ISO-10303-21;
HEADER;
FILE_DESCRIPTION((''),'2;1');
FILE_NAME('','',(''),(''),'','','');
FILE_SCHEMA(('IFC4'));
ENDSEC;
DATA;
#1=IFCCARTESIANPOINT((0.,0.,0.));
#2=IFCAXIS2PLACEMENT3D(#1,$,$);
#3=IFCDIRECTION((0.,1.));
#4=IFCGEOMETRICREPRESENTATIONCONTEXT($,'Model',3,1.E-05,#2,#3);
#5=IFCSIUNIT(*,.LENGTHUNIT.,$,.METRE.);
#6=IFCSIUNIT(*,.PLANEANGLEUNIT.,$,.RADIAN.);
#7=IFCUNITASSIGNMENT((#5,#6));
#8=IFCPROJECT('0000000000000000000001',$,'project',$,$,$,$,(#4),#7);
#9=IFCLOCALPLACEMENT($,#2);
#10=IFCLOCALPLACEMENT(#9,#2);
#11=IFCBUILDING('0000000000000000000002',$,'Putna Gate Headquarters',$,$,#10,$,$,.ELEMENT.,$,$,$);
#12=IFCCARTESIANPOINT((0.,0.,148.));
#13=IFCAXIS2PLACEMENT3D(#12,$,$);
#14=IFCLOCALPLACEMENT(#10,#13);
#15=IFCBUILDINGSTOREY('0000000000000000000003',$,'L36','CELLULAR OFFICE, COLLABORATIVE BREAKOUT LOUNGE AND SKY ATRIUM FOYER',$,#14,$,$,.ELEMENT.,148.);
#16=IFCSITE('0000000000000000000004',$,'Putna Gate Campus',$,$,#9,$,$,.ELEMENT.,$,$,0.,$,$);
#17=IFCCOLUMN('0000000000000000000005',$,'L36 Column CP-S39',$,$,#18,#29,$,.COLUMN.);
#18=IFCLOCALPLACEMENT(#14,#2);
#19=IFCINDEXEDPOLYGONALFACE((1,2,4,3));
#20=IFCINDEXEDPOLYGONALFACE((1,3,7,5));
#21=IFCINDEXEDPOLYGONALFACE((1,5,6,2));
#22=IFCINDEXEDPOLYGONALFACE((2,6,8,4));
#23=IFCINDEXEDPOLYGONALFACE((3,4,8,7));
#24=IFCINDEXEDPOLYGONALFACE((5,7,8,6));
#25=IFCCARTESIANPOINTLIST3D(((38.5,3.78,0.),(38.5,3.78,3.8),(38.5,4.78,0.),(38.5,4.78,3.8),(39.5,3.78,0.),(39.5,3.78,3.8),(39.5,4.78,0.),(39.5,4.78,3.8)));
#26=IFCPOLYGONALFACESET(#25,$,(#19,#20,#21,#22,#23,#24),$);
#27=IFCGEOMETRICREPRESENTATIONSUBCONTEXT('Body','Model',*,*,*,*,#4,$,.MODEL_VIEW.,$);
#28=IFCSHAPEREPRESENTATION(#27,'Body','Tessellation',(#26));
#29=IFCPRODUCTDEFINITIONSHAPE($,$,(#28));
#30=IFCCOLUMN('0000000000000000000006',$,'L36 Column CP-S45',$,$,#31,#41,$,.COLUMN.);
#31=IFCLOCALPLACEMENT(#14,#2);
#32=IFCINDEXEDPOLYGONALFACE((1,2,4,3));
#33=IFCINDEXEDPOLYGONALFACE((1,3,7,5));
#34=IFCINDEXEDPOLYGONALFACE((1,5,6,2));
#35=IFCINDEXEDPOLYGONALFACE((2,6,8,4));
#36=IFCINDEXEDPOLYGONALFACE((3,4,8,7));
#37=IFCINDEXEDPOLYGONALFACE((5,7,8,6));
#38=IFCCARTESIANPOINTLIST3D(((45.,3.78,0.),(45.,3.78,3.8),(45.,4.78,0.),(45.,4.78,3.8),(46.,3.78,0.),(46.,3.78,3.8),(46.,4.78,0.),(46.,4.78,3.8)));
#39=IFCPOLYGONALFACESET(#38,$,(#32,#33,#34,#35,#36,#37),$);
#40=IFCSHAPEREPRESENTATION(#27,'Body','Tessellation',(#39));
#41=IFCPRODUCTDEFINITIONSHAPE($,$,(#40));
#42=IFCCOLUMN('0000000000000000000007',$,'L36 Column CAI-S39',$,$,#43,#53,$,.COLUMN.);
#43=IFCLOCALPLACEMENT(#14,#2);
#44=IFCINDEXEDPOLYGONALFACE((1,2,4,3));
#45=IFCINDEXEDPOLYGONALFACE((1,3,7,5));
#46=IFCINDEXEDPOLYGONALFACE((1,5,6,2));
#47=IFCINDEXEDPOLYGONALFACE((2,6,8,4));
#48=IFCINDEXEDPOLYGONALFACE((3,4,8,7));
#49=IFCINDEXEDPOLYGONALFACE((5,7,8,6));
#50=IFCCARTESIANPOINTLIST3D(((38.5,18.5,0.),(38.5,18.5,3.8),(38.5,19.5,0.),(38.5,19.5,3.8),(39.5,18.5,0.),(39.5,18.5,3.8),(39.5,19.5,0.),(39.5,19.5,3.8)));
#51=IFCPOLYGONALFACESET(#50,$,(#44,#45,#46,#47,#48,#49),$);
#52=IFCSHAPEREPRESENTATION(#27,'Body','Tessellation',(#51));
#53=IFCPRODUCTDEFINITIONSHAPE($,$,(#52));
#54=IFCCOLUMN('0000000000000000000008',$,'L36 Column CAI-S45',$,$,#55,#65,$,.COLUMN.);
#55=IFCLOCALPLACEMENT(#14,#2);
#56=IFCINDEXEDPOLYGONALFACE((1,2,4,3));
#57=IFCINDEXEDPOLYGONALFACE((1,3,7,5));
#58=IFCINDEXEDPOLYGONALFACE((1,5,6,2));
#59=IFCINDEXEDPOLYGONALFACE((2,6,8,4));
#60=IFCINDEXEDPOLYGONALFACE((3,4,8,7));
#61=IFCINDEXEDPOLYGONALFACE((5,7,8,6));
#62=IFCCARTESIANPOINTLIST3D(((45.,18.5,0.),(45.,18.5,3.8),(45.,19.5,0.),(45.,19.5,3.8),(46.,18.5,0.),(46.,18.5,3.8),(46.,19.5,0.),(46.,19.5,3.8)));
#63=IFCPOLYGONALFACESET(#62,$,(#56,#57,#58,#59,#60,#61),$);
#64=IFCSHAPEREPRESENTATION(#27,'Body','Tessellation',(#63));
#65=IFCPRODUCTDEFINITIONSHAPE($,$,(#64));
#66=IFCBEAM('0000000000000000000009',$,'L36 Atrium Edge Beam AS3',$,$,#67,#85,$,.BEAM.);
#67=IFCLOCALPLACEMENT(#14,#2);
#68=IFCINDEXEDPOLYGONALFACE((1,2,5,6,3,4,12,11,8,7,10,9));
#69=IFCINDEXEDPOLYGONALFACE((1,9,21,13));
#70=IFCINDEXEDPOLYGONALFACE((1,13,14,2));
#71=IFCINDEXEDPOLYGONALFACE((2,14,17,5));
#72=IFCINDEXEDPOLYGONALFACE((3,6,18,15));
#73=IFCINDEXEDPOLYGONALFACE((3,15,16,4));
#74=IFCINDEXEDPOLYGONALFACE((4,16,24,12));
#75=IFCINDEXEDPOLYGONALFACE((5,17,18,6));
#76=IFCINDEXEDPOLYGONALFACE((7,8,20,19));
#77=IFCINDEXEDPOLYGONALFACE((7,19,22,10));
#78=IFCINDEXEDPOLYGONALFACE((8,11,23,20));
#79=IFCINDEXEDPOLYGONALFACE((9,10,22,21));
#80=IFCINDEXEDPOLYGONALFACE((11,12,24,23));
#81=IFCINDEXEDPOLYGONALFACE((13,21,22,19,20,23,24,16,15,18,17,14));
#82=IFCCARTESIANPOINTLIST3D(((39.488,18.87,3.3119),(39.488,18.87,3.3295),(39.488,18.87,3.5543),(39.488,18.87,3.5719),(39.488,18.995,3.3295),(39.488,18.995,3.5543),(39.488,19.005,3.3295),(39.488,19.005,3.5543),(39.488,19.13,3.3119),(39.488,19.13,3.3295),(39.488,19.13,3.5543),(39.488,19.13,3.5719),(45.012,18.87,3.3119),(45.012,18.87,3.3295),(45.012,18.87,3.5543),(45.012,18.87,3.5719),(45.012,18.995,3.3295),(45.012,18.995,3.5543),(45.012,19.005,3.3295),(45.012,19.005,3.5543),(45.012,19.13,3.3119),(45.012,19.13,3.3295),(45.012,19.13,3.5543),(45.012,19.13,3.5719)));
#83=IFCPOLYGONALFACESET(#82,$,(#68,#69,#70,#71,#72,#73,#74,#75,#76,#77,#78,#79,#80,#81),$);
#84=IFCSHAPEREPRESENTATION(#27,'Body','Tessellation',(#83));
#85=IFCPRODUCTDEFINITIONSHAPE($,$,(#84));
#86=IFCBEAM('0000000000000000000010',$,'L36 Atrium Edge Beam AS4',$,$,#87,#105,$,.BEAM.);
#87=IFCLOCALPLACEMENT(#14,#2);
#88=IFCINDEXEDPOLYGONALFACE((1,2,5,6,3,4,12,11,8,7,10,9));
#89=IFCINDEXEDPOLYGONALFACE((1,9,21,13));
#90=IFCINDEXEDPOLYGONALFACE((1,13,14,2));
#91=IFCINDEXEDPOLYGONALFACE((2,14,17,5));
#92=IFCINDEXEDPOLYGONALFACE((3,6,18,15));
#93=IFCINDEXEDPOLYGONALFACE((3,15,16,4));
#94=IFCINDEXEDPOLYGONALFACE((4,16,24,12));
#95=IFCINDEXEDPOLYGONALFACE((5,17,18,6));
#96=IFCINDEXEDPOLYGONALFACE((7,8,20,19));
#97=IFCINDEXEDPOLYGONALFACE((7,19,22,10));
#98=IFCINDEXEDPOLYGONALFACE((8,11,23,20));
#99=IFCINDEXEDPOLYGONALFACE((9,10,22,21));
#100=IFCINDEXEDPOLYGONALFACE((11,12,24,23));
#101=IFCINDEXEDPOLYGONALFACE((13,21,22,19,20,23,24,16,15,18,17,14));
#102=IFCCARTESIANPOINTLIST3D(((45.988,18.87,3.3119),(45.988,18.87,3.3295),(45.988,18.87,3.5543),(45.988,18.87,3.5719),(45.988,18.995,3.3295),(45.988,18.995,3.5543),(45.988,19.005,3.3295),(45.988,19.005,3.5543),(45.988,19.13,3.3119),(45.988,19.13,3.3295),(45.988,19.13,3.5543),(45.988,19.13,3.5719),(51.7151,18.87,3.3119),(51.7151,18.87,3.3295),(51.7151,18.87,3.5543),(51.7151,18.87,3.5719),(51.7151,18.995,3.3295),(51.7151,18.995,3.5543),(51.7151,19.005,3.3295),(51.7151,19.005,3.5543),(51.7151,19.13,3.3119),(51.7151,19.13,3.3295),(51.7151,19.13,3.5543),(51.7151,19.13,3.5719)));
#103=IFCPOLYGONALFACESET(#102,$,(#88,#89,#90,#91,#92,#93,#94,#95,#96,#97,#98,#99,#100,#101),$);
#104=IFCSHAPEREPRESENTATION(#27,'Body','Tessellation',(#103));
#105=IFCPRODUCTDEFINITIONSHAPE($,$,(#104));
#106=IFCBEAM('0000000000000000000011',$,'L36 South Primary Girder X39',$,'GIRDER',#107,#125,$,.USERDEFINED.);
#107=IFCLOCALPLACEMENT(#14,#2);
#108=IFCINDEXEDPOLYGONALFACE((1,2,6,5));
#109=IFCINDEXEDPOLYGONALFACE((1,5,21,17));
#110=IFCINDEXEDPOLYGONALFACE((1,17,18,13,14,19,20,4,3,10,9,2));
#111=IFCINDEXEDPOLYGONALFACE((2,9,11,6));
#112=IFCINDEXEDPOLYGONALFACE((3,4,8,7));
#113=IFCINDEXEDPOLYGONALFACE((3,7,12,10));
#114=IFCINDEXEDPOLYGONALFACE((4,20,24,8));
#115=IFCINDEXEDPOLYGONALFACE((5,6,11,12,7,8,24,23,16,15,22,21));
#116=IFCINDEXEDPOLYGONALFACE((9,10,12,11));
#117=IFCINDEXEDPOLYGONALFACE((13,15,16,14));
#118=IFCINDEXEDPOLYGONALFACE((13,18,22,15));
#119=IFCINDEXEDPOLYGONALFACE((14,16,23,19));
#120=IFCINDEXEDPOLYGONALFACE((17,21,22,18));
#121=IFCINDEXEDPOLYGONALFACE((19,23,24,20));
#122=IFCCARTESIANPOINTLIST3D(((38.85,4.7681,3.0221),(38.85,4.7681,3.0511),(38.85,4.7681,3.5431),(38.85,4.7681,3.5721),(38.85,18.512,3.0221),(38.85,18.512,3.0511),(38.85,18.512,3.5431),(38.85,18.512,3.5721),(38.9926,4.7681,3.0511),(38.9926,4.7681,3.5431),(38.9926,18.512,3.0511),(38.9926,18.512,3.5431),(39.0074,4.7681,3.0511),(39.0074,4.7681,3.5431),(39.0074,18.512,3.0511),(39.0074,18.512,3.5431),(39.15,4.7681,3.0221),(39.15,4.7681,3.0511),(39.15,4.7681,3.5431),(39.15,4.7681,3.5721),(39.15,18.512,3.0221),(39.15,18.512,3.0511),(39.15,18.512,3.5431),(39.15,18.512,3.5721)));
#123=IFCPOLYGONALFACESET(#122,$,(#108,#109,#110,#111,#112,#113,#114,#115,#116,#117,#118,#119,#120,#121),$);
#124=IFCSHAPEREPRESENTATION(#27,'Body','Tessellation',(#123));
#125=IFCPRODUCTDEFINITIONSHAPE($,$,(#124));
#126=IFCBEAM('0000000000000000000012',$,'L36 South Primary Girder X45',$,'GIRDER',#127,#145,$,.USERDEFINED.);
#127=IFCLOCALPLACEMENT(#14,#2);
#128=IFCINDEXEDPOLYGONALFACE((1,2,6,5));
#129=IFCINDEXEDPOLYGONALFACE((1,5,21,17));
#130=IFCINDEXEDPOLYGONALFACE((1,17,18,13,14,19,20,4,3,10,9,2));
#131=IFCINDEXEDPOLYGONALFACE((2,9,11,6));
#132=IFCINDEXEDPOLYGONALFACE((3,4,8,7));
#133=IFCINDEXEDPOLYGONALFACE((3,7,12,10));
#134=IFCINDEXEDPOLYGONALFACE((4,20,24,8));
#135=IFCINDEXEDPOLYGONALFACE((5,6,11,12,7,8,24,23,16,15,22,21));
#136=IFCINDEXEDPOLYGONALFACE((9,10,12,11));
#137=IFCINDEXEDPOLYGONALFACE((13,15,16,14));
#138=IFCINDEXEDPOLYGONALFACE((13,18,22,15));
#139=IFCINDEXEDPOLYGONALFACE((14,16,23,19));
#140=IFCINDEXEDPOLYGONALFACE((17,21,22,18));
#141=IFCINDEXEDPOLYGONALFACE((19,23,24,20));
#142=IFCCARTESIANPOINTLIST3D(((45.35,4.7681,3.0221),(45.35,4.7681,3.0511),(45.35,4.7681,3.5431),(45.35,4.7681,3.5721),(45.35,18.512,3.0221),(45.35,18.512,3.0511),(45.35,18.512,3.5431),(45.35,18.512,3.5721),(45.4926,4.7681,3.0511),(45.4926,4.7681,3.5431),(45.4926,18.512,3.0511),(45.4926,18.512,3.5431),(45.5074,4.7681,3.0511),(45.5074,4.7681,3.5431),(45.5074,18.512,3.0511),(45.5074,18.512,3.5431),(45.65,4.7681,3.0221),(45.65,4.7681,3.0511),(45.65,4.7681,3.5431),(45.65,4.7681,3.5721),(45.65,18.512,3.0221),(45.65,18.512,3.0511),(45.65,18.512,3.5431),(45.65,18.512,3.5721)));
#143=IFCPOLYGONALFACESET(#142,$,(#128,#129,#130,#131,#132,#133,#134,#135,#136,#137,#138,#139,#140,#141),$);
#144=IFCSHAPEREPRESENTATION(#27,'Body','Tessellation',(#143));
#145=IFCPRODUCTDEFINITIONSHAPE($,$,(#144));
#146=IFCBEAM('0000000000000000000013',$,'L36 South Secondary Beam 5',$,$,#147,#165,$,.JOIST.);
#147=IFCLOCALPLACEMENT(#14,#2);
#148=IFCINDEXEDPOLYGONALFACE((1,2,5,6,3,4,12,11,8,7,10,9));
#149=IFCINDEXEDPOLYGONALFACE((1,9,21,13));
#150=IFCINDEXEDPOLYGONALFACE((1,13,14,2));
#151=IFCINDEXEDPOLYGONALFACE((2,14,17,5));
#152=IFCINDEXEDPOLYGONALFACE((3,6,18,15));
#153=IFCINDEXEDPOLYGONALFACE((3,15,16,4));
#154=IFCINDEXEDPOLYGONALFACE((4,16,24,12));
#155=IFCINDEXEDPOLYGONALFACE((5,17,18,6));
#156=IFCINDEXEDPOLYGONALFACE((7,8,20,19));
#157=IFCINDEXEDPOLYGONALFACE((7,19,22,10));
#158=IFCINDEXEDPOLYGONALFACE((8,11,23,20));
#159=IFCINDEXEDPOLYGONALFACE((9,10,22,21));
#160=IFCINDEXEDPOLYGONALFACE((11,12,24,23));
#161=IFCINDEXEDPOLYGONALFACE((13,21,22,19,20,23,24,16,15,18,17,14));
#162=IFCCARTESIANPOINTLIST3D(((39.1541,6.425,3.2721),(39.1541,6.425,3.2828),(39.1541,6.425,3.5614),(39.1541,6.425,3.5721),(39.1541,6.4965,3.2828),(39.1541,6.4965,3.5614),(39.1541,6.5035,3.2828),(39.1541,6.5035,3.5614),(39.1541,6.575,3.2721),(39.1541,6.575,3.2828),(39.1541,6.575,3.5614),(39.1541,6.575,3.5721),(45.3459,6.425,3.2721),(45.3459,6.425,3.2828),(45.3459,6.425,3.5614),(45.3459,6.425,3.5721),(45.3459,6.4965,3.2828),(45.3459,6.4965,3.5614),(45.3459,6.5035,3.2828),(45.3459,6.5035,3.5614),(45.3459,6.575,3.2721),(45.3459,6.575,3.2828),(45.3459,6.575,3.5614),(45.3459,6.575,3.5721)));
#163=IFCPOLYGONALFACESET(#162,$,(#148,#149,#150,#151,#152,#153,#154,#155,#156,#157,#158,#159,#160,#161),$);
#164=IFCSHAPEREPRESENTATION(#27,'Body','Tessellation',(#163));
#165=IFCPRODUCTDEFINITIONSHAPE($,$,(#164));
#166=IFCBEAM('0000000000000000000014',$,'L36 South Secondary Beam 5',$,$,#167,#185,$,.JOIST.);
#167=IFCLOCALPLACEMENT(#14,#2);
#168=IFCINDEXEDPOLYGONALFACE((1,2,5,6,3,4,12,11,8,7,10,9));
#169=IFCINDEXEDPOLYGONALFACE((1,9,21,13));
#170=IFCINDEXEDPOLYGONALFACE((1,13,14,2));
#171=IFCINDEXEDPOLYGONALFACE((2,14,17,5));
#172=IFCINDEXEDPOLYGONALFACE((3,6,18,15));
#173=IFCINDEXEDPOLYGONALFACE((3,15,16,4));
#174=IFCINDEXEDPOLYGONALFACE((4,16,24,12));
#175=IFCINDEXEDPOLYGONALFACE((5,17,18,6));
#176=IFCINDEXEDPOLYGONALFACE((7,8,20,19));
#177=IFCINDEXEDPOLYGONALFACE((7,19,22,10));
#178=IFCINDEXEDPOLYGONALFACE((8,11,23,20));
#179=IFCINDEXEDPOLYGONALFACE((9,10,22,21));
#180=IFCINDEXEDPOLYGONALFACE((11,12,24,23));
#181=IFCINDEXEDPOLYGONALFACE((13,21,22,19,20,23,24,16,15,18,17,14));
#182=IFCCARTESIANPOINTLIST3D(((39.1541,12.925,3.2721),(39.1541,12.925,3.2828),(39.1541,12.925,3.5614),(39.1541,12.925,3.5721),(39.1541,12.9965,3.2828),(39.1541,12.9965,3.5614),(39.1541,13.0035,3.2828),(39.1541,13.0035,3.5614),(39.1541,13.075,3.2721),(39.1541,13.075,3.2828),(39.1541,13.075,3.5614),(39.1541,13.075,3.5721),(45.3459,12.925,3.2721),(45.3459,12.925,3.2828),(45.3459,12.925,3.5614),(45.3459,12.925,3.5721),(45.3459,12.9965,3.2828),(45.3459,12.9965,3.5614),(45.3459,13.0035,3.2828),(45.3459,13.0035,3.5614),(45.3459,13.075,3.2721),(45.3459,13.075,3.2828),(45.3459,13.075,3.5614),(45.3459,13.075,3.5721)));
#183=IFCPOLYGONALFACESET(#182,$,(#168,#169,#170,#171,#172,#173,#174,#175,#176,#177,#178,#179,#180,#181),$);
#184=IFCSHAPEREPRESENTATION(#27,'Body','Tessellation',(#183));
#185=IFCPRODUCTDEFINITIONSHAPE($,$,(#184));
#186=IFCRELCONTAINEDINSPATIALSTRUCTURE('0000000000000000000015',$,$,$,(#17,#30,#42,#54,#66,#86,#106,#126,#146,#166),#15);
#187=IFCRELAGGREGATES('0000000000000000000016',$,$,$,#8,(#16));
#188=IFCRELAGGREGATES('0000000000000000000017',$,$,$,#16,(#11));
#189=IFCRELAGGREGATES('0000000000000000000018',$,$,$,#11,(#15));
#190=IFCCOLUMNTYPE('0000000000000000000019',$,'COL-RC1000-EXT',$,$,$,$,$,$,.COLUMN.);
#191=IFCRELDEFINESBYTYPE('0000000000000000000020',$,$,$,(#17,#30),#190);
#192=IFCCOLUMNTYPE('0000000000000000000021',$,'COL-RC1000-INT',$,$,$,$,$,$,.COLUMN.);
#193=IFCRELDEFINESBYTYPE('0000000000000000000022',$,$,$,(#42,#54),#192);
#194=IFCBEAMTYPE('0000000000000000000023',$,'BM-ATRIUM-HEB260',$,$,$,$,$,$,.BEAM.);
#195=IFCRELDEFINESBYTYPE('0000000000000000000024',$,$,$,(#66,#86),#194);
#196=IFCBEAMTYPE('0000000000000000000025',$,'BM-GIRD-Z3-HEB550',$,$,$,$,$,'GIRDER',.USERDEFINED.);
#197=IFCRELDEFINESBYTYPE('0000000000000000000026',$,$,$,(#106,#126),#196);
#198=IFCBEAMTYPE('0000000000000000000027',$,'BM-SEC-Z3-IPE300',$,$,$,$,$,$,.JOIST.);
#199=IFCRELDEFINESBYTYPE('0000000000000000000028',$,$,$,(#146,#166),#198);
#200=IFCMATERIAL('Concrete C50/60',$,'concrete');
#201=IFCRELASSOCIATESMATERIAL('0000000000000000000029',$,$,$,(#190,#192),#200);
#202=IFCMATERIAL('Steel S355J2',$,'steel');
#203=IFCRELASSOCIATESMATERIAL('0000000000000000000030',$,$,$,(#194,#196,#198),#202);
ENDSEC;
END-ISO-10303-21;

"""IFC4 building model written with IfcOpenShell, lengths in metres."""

from ifc_helpers import new_model, si_unit, direction, frame, origin, origin_2d, place, context, subcontext, project, spatial, rectangle, i_section, extrude, material, material_profile, profile_set, type_object, element, save


model = new_model("IFC4")

# Units and contexts
model_context = context("Model", 3, precision=1e-05, world=origin(), true_north=direction((0.0, 1.0)))
body_context = subcontext(model_context, "Body", "Model", "MODEL_VIEW")
ifc_project = project(units=[si_unit("LENGTHUNIT", "METRE"), si_unit("PLANEANGLEUNIT", "RADIAN")], contexts=[model_context])

# Site, building, storey
site_placement = place(None, origin())
site = spatial("IfcSite", under=ifc_project, at=site_placement, Name="Putna Gate Campus", CompositionType="ELEMENT", RefElevation=0.0)
building_placement = place(site_placement, origin())
building = spatial("IfcBuilding", under=site, at=building_placement, Name="Putna Gate Headquarters", CompositionType="ELEMENT")
storey_placement = place(building_placement, frame((0.0, 0.0, 148.0)))
storey = spatial("IfcBuildingStorey", under=building, at=storey_placement, Name="L36", Description="CELLULAR OFFICE, COLLABORATIVE BREAKOUT LOUNGE AND SKY ATRIUM FOYER", CompositionType="ELEMENT", Elevation=148.0)

# Columns
ifc_material_1 = material(Name="Concrete C50/60", Category="concrete")
ifc_material_profile_1 = material_profile(ifc_material_1, rectangle(XDim=1.0, YDim=1.0, at=origin_2d()), Name="Concrete C50/60")
ifc_profile_set_1 = profile_set([ifc_material_profile_1], Name="Concrete C50/60")
column_type_1 = type_object("IfcColumnType", Name="COL-RC1000-EXT", PredefinedType="COLUMN", material=ifc_profile_set_1)
for number, where, z_axis, x_axis, name in (
    (1, (39.0, 4.28, 0.0), (0.0, 0.0, 1.0), (1.0, 0.0, 0.0), "L36 Column CP-S39"),
    (2, (45.5, 4.28, 0.0), (0.0, 0.0, 1.0), (1.0, 0.0, 0.0), "L36 Column CP-S45"),
):
    element("IfcColumn", number, at=place(storey_placement, frame(where, z_axis=z_axis, x_axis=x_axis)), inside=storey, type_object=column_type_1, Name=name, PredefinedType="COLUMN", context=body_context, shape_type="SweptSolid", body=[
        extrude(rectangle(XDim=1.0, YDim=1.0, at=origin_2d()), origin(), (0.0, 0.0, 1.0), 3.8),
    ])
ifc_material_profile_2 = material_profile(ifc_material_1, rectangle(XDim=1.0, YDim=1.0, at=origin_2d()), Name="Concrete C50/60")
ifc_profile_set_2 = profile_set([ifc_material_profile_2], Name="Concrete C50/60")
column_type_2 = type_object("IfcColumnType", Name="COL-RC1000-INT", PredefinedType="COLUMN", material=ifc_profile_set_2)
for number, where, z_axis, x_axis, name in (
    (3, (39.0, 19.0, 0.0), (0.0, 0.0, 1.0), (1.0, 0.0, 0.0), "L36 Column CAI-S39"),
    (4, (45.5, 19.0, 0.0), (0.0, 0.0, 1.0), (1.0, 0.0, 0.0), "L36 Column CAI-S45"),
):
    element("IfcColumn", number, at=place(storey_placement, frame(where, z_axis=z_axis, x_axis=x_axis)), inside=storey, type_object=column_type_2, Name=name, PredefinedType="COLUMN", context=body_context, shape_type="SweptSolid", body=[
        extrude(rectangle(XDim=1.0, YDim=1.0, at=origin_2d()), origin(), (0.0, 0.0, 1.0), 3.8),
    ])

# Beams
ifc_material_2 = material(Name="Steel S355J2", Category="steel")
ifc_material_profile_3 = material_profile(ifc_material_2, i_section(OverallWidth=0.26, OverallDepth=0.26, WebThickness=0.01, FlangeThickness=0.0176, at=origin_2d()), Name="Steel S355J2")
ifc_profile_set_3 = profile_set([ifc_material_profile_3], Name="Steel S355J2")
beam_type_1 = type_object("IfcBeamType", Name="BM-ATRIUM-HEB260", PredefinedType="BEAM", material=ifc_profile_set_3)
beam_1_placement = place(storey_placement, frame((39.488, 19.0, 3.4419), z_axis=(1.0, 0.0, 0.0), x_axis=(0.0, 1.0, 0.0)))
element("IfcBeam", 5, at=beam_1_placement, inside=storey, type_object=beam_type_1, Name="L36 Atrium Edge Beam AS3", PredefinedType="BEAM", context=body_context, shape_type="SweptSolid", body=[
    extrude(i_section(OverallWidth=0.26, OverallDepth=0.26, WebThickness=0.01, FlangeThickness=0.0176, at=origin_2d()), origin(), (0.0, 0.0, 1.0), 5.5239),
])
beam_2_placement = place(storey_placement, frame((45.988, 19.0, 3.4419), z_axis=(1.0, 0.0, 0.0), x_axis=(0.0, 1.0, 0.0)))
element("IfcBeam", 6, at=beam_2_placement, inside=storey, type_object=beam_type_1, Name="L36 Atrium Edge Beam AS4", PredefinedType="BEAM", context=body_context, shape_type="SweptSolid", body=[
    extrude(i_section(OverallWidth=0.26, OverallDepth=0.26, WebThickness=0.01, FlangeThickness=0.0176, at=origin_2d()), origin(), (0.0, 0.0, 1.0), 5.7271),
])
ifc_material_profile_4 = material_profile(ifc_material_2, i_section(OverallWidth=0.3, OverallDepth=0.55, WebThickness=0.0149, FlangeThickness=0.0291, at=origin_2d()), Name="Steel S355J2")
ifc_profile_set_4 = profile_set([ifc_material_profile_4], Name="Steel S355J2")
beam_type_2 = type_object("IfcBeamType", Name="BM-GIRD-Z3-HEB550", ElementType="GIRDER", PredefinedType="USERDEFINED", material=ifc_profile_set_4)
for number, where, z_axis, x_axis, name in (
    (7, (39.0, 4.7681, 3.2971), (0.0, 1.0, 0.0), (-1.0, 0.0, 0.0), "L36 South Primary Girder X39"),
    (8, (45.5, 4.7681, 3.2971), (0.0, 1.0, 0.0), (-1.0, 0.0, 0.0), "L36 South Primary Girder X45"),
):
    element("IfcBeam", number, at=place(storey_placement, frame(where, z_axis=z_axis, x_axis=x_axis)), inside=storey, type_object=beam_type_2, Name=name, ObjectType="GIRDER", PredefinedType="USERDEFINED", context=body_context, shape_type="SweptSolid", body=[
        extrude(i_section(OverallWidth=0.3, OverallDepth=0.55, WebThickness=0.0149, FlangeThickness=0.0291, at=origin_2d()), origin(), (0.0, 0.0, 1.0), 13.7439),
    ])
ifc_material_profile_5 = material_profile(ifc_material_2, i_section(OverallWidth=0.1499, OverallDepth=0.3, WebThickness=0.0071, FlangeThickness=0.0107, at=origin_2d()), Name="Steel S355J2")
ifc_profile_set_5 = profile_set([ifc_material_profile_5], Name="Steel S355J2")
beam_type_3 = type_object("IfcBeamType", Name="BM-SEC-Z3-IPE300", PredefinedType="JOIST", material=ifc_profile_set_5)
for number, where, z_axis, x_axis, name in (
    (9, (39.1541, 6.5, 3.4221), (1.0, 0.0, 0.0), (0.0, 1.0, 0.0), "L36 South Secondary Beam 5"),
    (10, (39.1541, 13.0, 3.4221), (1.0, 0.0, 0.0), (0.0, 1.0, 0.0), "L36 South Secondary Beam 5"),
):
    element("IfcBeam", number, at=place(storey_placement, frame(where, z_axis=z_axis, x_axis=x_axis)), inside=storey, type_object=beam_type_3, Name=name, PredefinedType="JOIST", context=body_context, shape_type="SweptSolid", body=[
        extrude(i_section(OverallWidth=0.1499, OverallDepth=0.3, WebThickness=0.0071, FlangeThickness=0.0107, at=origin_2d()), origin(), (0.0, 0.0, 1.0), 6.1919),
    ])

save(model, "model.ifc")
